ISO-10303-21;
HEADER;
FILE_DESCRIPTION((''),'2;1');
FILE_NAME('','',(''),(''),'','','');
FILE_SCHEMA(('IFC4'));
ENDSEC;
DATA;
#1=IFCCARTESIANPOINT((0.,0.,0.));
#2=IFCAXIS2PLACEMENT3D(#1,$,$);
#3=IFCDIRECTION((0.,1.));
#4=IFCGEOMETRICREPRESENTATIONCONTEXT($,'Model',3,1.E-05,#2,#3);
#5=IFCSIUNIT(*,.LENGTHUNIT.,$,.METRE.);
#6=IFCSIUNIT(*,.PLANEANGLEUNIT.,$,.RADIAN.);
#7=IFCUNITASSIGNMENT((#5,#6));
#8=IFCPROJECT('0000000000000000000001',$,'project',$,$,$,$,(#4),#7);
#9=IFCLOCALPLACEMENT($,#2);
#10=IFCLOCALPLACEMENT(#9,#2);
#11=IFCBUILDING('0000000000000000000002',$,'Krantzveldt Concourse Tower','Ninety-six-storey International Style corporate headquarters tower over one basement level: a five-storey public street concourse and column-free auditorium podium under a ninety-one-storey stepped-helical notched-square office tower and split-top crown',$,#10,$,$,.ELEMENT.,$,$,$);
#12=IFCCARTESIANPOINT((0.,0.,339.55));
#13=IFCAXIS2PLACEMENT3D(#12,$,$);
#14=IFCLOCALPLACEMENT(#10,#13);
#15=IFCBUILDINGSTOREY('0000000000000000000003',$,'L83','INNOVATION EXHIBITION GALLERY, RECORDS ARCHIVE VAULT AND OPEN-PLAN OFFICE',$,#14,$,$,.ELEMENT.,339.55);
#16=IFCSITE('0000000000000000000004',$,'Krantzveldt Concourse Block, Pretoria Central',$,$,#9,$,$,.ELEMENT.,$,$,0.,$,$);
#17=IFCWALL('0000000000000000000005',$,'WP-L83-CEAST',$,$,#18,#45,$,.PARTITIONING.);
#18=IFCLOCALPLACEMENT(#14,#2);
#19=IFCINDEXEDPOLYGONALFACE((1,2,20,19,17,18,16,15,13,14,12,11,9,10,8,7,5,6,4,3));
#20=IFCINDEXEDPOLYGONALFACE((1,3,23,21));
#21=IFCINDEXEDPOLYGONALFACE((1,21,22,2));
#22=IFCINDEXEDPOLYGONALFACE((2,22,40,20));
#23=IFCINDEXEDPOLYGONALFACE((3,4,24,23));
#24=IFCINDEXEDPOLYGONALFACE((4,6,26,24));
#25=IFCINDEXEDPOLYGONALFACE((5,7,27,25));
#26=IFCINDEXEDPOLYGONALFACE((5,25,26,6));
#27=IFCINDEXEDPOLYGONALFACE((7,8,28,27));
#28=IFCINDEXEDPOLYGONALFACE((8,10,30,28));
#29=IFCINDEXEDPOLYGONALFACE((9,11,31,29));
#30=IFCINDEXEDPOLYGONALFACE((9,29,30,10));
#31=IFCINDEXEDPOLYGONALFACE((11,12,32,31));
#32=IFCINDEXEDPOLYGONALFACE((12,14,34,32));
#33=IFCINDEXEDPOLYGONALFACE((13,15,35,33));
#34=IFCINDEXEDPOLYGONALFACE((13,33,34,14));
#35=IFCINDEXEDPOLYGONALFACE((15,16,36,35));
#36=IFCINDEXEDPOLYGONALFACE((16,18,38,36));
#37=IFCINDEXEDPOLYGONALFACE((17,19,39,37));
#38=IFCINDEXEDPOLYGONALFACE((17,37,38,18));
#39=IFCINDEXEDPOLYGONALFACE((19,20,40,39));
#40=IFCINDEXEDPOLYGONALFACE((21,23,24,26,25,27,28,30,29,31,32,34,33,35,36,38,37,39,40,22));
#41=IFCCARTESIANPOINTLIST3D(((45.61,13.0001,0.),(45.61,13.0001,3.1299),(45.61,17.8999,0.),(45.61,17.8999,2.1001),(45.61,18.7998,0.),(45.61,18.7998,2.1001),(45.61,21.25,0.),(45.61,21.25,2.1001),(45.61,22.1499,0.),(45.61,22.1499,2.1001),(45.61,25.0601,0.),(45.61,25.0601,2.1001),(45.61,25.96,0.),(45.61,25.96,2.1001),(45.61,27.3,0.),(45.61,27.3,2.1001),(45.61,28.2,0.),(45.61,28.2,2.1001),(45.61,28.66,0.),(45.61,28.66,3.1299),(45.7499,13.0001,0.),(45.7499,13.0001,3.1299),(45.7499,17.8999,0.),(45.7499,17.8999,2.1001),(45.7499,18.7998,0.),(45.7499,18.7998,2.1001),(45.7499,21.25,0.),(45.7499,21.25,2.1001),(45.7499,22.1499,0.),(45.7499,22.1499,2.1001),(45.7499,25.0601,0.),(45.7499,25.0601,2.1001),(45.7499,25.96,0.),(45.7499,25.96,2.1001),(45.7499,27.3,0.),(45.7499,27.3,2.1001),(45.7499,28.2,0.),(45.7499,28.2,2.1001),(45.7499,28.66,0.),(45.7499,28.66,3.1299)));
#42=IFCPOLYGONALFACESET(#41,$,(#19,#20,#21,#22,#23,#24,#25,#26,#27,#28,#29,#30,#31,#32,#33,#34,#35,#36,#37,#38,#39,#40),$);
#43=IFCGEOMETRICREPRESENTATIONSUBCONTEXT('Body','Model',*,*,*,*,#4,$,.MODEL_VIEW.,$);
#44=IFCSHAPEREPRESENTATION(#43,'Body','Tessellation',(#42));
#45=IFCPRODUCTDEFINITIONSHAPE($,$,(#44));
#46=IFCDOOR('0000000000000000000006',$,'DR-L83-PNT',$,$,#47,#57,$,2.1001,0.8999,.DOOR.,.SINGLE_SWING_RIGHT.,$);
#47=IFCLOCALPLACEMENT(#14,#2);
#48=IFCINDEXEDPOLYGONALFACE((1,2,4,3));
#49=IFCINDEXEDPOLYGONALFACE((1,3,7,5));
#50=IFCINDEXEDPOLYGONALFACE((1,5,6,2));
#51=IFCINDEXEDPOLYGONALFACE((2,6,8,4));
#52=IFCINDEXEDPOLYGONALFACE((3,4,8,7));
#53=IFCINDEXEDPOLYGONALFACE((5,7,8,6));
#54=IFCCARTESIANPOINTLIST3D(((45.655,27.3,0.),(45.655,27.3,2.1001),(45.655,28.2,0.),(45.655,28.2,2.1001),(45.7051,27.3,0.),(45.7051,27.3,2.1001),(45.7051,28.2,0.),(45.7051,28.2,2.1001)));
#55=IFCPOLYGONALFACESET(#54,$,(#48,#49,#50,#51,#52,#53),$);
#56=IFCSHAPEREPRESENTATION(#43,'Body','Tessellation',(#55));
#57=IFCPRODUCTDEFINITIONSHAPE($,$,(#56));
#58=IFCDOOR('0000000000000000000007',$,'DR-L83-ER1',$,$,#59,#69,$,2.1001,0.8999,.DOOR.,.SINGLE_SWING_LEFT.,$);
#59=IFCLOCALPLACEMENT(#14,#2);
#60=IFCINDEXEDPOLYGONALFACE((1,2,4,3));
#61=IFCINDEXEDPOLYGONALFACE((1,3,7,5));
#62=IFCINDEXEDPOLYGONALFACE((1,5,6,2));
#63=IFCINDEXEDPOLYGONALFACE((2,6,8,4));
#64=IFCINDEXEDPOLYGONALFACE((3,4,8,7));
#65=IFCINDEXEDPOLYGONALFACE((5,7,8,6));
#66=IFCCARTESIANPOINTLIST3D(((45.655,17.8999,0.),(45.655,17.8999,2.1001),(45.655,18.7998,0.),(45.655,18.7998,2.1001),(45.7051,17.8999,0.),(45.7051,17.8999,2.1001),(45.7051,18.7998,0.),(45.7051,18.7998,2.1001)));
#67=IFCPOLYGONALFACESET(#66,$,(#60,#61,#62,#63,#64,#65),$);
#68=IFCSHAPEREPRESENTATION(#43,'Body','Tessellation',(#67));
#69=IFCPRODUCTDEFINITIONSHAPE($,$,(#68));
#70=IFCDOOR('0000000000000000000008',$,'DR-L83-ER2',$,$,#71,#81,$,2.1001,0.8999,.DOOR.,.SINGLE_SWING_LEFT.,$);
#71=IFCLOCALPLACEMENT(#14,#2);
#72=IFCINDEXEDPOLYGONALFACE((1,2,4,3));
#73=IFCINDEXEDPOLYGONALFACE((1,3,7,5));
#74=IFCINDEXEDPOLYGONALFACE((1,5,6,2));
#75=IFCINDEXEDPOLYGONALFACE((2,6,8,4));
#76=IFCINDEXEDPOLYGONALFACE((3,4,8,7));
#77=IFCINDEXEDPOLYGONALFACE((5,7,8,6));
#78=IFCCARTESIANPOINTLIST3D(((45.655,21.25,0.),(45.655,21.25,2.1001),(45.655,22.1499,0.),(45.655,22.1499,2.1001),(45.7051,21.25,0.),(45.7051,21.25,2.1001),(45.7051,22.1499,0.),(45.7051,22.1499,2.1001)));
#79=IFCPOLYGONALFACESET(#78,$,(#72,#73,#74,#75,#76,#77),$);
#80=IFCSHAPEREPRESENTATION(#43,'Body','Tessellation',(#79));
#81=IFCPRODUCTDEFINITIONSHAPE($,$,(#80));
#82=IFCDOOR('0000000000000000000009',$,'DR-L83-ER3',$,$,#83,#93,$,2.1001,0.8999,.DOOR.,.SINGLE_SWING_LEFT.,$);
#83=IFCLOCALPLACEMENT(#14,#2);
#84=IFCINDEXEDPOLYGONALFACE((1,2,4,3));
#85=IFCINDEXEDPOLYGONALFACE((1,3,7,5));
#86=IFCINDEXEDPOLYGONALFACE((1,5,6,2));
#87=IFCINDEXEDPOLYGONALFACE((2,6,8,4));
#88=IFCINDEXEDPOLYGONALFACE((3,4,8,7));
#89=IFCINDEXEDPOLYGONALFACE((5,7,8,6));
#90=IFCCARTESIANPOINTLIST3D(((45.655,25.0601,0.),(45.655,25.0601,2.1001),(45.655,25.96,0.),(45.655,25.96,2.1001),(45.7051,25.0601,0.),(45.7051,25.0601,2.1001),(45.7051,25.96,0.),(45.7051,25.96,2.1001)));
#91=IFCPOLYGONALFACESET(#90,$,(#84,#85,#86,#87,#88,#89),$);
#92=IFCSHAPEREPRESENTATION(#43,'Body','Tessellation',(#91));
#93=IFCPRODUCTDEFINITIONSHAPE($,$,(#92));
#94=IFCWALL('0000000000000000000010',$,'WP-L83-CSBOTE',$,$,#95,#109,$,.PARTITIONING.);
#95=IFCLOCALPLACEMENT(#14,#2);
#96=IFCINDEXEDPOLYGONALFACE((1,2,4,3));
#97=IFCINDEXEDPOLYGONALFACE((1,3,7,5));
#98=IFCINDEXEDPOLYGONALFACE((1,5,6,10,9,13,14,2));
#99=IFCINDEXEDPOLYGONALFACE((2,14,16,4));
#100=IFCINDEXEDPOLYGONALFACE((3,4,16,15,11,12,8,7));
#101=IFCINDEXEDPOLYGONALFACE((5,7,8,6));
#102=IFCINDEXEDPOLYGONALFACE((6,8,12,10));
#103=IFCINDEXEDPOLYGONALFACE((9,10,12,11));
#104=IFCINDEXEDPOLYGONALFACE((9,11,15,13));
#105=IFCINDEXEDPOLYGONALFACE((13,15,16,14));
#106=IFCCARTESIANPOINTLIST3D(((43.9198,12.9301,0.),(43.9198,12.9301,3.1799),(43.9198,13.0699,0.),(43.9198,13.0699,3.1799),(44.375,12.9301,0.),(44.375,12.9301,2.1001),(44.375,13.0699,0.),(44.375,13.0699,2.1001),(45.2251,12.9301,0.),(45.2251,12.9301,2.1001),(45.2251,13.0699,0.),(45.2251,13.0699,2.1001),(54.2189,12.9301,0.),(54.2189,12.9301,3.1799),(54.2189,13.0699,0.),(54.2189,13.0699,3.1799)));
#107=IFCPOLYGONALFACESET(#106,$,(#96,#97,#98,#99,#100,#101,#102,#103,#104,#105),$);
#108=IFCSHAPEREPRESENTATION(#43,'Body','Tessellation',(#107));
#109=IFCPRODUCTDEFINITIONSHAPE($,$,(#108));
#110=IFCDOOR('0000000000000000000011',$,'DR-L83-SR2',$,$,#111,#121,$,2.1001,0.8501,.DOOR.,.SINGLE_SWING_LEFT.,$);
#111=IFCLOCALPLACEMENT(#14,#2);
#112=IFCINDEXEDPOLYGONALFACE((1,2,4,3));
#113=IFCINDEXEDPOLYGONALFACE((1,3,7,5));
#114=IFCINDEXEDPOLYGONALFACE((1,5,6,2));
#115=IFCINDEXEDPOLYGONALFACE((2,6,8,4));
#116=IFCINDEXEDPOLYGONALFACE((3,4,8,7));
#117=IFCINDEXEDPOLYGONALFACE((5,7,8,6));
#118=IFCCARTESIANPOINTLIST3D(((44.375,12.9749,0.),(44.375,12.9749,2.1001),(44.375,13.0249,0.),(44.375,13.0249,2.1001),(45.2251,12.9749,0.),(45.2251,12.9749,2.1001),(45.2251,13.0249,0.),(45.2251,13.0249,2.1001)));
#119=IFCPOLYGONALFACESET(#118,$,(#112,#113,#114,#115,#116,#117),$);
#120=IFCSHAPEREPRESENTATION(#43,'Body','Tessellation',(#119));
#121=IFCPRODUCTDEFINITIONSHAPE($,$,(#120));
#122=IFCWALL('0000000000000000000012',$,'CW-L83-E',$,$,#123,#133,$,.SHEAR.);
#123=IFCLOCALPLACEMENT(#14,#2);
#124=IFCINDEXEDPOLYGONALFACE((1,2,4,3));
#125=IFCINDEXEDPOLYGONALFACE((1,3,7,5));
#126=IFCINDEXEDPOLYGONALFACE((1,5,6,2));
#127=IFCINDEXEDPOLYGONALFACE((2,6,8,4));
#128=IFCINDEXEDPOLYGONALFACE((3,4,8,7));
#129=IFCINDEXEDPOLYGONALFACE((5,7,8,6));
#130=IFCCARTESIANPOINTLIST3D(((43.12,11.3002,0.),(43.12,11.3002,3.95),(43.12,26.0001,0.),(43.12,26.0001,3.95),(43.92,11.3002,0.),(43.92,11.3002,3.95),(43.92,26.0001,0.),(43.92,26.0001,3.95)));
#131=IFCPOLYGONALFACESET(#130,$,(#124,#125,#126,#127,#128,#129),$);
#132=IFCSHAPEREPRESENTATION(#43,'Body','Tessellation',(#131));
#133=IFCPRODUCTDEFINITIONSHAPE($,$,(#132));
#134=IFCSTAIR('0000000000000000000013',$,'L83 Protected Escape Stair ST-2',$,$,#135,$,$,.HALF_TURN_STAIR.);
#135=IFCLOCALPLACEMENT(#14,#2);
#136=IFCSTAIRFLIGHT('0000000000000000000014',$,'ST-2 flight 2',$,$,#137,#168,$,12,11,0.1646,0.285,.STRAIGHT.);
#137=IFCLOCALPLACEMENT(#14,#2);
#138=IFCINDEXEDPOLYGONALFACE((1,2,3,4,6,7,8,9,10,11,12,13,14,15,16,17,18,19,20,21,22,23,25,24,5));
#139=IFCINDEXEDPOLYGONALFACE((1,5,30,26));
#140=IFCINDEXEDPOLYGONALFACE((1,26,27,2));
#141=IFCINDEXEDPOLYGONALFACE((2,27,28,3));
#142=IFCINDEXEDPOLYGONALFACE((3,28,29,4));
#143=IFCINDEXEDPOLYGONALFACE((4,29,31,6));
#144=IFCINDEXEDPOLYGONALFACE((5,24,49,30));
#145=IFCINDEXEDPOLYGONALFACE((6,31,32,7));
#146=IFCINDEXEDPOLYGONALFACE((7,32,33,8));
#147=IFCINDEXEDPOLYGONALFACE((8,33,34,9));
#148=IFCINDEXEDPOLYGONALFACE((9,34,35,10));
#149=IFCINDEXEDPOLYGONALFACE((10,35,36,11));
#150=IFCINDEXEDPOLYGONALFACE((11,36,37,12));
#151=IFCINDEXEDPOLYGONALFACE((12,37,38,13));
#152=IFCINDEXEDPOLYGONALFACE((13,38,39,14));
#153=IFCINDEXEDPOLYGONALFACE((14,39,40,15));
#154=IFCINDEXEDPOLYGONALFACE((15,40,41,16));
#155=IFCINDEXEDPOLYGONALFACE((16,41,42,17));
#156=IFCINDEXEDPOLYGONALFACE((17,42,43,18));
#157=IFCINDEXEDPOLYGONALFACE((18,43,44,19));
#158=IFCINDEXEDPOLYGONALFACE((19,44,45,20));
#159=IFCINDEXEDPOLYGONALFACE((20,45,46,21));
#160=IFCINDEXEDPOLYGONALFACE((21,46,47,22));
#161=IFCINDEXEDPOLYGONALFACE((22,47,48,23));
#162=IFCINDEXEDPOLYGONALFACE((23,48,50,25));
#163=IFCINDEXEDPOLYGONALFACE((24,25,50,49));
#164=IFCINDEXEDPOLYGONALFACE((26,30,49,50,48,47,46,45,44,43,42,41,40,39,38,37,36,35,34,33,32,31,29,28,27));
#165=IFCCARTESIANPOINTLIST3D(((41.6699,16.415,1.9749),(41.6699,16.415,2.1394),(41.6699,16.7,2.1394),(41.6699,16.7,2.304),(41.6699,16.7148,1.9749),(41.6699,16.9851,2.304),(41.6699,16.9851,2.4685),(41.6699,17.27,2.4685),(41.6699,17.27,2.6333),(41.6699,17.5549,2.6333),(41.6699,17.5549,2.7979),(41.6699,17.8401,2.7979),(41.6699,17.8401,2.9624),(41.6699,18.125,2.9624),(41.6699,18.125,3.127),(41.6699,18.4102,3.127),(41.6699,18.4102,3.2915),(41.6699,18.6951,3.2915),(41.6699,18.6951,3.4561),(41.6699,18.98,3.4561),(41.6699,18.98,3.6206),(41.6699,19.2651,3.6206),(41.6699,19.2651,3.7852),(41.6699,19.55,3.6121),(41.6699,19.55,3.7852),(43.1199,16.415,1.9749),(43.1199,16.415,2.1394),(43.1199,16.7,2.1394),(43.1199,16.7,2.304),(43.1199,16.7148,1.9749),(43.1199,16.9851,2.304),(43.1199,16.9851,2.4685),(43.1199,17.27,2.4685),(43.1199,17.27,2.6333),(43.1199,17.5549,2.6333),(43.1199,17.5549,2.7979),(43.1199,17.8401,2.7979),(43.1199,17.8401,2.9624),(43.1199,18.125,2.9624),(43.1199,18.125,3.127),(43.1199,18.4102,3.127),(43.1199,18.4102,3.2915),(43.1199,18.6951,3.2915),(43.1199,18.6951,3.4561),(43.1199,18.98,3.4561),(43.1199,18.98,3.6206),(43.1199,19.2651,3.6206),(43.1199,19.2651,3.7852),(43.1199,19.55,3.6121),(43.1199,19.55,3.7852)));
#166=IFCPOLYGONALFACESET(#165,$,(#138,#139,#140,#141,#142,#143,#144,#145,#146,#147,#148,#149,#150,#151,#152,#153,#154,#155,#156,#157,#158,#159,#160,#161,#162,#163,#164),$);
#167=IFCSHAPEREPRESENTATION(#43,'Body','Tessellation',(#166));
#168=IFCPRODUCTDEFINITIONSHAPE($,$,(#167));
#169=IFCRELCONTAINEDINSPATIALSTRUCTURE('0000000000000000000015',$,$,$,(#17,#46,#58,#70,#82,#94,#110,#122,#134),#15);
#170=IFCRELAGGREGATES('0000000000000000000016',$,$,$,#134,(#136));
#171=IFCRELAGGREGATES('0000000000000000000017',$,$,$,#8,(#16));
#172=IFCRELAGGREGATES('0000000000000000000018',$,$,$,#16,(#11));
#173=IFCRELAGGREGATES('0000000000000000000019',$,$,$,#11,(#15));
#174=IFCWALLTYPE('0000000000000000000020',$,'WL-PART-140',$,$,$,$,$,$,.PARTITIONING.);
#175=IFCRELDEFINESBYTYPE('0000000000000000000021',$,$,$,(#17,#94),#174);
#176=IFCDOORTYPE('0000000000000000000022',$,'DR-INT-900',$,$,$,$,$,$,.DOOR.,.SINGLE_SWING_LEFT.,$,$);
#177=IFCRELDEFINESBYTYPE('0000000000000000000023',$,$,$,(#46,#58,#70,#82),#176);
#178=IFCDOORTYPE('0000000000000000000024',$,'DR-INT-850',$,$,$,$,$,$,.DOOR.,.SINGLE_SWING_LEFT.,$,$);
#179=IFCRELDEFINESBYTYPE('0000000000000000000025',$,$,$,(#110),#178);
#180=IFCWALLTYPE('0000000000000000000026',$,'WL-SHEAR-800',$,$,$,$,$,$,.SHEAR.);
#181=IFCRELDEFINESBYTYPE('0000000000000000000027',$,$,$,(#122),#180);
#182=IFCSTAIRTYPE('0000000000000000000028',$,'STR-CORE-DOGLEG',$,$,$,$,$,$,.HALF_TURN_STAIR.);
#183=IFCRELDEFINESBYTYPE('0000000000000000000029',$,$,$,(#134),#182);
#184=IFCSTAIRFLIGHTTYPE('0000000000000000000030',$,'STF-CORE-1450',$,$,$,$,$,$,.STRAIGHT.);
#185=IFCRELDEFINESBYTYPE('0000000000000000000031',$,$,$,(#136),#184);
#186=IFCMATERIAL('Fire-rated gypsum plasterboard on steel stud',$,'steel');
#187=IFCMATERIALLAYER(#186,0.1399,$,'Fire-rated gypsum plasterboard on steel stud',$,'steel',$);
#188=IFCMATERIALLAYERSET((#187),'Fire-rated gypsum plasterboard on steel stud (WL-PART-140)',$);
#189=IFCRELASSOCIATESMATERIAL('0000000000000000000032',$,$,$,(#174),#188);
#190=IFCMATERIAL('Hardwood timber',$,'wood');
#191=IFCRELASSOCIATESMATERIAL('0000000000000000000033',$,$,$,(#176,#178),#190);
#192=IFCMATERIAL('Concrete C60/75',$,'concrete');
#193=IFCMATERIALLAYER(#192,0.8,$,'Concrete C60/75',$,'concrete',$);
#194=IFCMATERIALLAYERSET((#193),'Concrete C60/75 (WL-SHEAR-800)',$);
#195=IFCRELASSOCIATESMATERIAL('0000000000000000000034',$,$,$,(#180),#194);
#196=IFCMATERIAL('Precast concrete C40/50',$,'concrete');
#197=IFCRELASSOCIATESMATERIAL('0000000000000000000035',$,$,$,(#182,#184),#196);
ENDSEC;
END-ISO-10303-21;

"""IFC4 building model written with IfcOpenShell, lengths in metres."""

from ifc_helpers import new_model, si_unit, direction, frame, frame_2d, origin, place, context, subcontext, project, spatial, polyline, rectangle, outline, extrude, material, layer, layer_set, type_object, element, fill, aggregate, save


model = new_model("IFC4")

# Units and contexts
model_context = context("Model", 3, precision=1e-05, world=origin(), true_north=direction((0.0, 1.0)))
body_context = subcontext(model_context, "Body", "Model", "MODEL_VIEW")
ifc_project = project(units=[si_unit("LENGTHUNIT", "METRE"), si_unit("PLANEANGLEUNIT", "RADIAN")], contexts=[model_context])

# Site, building, storey
site_placement = place(None, origin())
site = spatial("IfcSite", under=ifc_project, at=site_placement, Name="Krantzveldt Concourse Block, Pretoria Central", CompositionType="ELEMENT", RefElevation=0.0)
building_placement = place(site_placement, origin())
building = spatial("IfcBuilding", under=site, at=building_placement, Name="Krantzveldt Concourse Tower", Description="Ninety-six-storey International Style corporate headquarters tower over one basement level: a five-storey public street concourse and column-free auditorium podium under a ninety-one-storey stepped-helical notched-square office tower and split-top crown", CompositionType="ELEMENT")
storey_placement = place(building_placement, frame((0.0, 0.0, 339.55)))
storey = spatial("IfcBuildingStorey", under=building, at=storey_placement, Name="L83", Description="INNOVATION EXHIBITION GALLERY, RECORDS ARCHIVE VAULT AND OPEN-PLAN OFFICE", CompositionType="ELEMENT", Elevation=339.55)

# Shared definitions
ifc_material_1 = material(Name="Fire-rated gypsum plasterboard on steel stud", Category="steel")

# Wall, openings, doors
ifc_layer_1 = layer(ifc_material_1, 0.1399, Name="Fire-rated gypsum plasterboard on steel stud", Category="steel")
ifc_layer_set_1 = layer_set([ifc_layer_1], Name="Fire-rated gypsum plasterboard on steel stud (WL-PART-140)")
wall_type_1 = type_object("IfcWallType", Name="WL-PART-140", PredefinedType="PARTITIONING", material=ifc_layer_set_1)
wall_1_placement = place(storey_placement, frame((45.6799, 13.0, 0.0), z_axis=(0.0, 0.0, 1.0), x_axis=(0.0, 1.0, 0.0)))
wall_1 = element("IfcWall", 1, at=wall_1_placement, inside=storey, type_object=wall_type_1, Name="WP-L83-CEAST", PredefinedType="PARTITIONING", context=body_context, shape_type="SweptSolid", body=[
    extrude(rectangle(XDim=15.6599, YDim=0.1399, at=frame_2d((7.8301, 0.0))), origin(), (0.0, 0.0, 1.0), 3.1299),
])
opening_1_placement = place(wall_1_placement, frame((14.3, 0.0, 0.0)))
opening_1 = element("IfcOpeningElement", 2, at=opening_1_placement, cuts=wall_1, PredefinedType="OPENING", context=body_context, shape_type="SweptSolid", body=[
    extrude(rectangle(XDim=0.8999, YDim=2.1001, at=frame_2d((0.45, 1.05))), frame((0.0, 0.0801, 0.0), z_axis=(0.0, -1.0, 0.0), x_axis=(1.0, 0.0, 0.0)), (0.0, 0.0, 1.0), 0.1599),
])
opening_2_placement = place(wall_1_placement, frame((4.8999, 0.0, 0.0)))
opening_2 = element("IfcOpeningElement", 3, at=opening_2_placement, cuts=wall_1, PredefinedType="OPENING", context=body_context, shape_type="SweptSolid", body=[
    extrude(rectangle(XDim=0.8999, YDim=2.1001, at=frame_2d((0.45, 1.05))), frame((0.0, 0.0801, 0.0), z_axis=(0.0, -1.0, 0.0), x_axis=(1.0, 0.0, 0.0)), (0.0, 0.0, 1.0), 0.1599),
])
opening_3_placement = place(wall_1_placement, frame((8.25, 0.0, 0.0)))
opening_3 = element("IfcOpeningElement", 4, at=opening_3_placement, cuts=wall_1, PredefinedType="OPENING", context=body_context, shape_type="SweptSolid", body=[
    extrude(rectangle(XDim=0.8999, YDim=2.1001, at=frame_2d((0.45, 1.05))), frame((0.0, 0.0801, 0.0), z_axis=(0.0, -1.0, 0.0), x_axis=(1.0, 0.0, 0.0)), (0.0, 0.0, 1.0), 0.1599),
])
opening_4_placement = place(wall_1_placement, frame((12.0601, 0.0, 0.0)))
opening_4 = element("IfcOpeningElement", 5, at=opening_4_placement, cuts=wall_1, PredefinedType="OPENING", context=body_context, shape_type="SweptSolid", body=[
    extrude(rectangle(XDim=0.8999, YDim=2.1001, at=frame_2d((0.45, 1.05))), frame((0.0, 0.0801, 0.0), z_axis=(0.0, -1.0, 0.0), x_axis=(1.0, 0.0, 0.0)), (0.0, 0.0, 1.0), 0.1599),
])
ifc_material_2 = material(Name="Hardwood timber", Category="wood")
door_type_1 = type_object("IfcDoorType", Name="DR-INT-900", OperationType="SINGLE_SWING_LEFT", PredefinedType="DOOR", material=ifc_material_2)
door_1_placement = place(opening_1_placement, origin())
door_1 = element("IfcDoor", 6, at=door_1_placement, inside=storey, type_object=door_type_1, Name="DR-L83-PNT", OperationType="SINGLE_SWING_RIGHT", OverallHeight=2.1001, OverallWidth=0.8999, PredefinedType="DOOR", context=body_context, shape_type="SweptSolid", body=[
    extrude(rectangle(XDim=0.8999, YDim=2.1001, at=frame_2d((0.45, 1.05))), frame((0.0, 0.0249, 0.0), z_axis=(0.0, -1.0, 0.0), x_axis=(1.0, 0.0, 0.0)), (0.0, 0.0, 1.0), 0.05),
])
fill(opening_1, door_1)
door_2_placement = place(opening_2_placement, origin())
door_2 = element("IfcDoor", 7, at=door_2_placement, inside=storey, type_object=door_type_1, Name="DR-L83-ER1", OperationType="SINGLE_SWING_LEFT", OverallHeight=2.1001, OverallWidth=0.8999, PredefinedType="DOOR", context=body_context, shape_type="SweptSolid", body=[
    extrude(rectangle(XDim=0.8999, YDim=2.1001, at=frame_2d((0.45, 1.05))), frame((0.0, 0.0249, 0.0), z_axis=(0.0, -1.0, 0.0), x_axis=(1.0, 0.0, 0.0)), (0.0, 0.0, 1.0), 0.05),
])
fill(opening_2, door_2)
door_3_placement = place(opening_3_placement, origin())
door_3 = element("IfcDoor", 8, at=door_3_placement, inside=storey, type_object=door_type_1, Name="DR-L83-ER2", OperationType="SINGLE_SWING_LEFT", OverallHeight=2.1001, OverallWidth=0.8999, PredefinedType="DOOR", context=body_context, shape_type="SweptSolid", body=[
    extrude(rectangle(XDim=0.8999, YDim=2.1001, at=frame_2d((0.45, 1.05))), frame((0.0, 0.0249, 0.0), z_axis=(0.0, -1.0, 0.0), x_axis=(1.0, 0.0, 0.0)), (0.0, 0.0, 1.0), 0.05),
])
fill(opening_3, door_3)
door_4_placement = place(opening_4_placement, origin())
door_4 = element("IfcDoor", 9, at=door_4_placement, inside=storey, type_object=door_type_1, Name="DR-L83-ER3", OperationType="SINGLE_SWING_LEFT", OverallHeight=2.1001, OverallWidth=0.8999, PredefinedType="DOOR", context=body_context, shape_type="SweptSolid", body=[
    extrude(rectangle(XDim=0.8999, YDim=2.1001, at=frame_2d((0.45, 1.05))), frame((0.0, 0.0249, 0.0), z_axis=(0.0, -1.0, 0.0), x_axis=(1.0, 0.0, 0.0)), (0.0, 0.0, 1.0), 0.05),
])
fill(opening_4, door_4)

# Wall, opening, door
wall_2_placement = place(storey_placement, frame((43.9199, 13.0, 0.0), z_axis=(0.0, 0.0, 1.0), x_axis=(1.0, 0.0, 0.0)))
wall_2 = element("IfcWall", 10, at=wall_2_placement, inside=storey, type_object=wall_type_1, Name="WP-L83-CSBOTE", PredefinedType="PARTITIONING", context=body_context, shape_type="SweptSolid", body=[
    extrude(rectangle(XDim=10.2991, YDim=0.1399, at=frame_2d((5.1494, 0.0))), origin(), (0.0, 0.0, 1.0), 3.1799),
])
opening_5_placement = place(wall_2_placement, frame((0.4551, 0.0, 0.0)))
opening_5 = element("IfcOpeningElement", 11, at=opening_5_placement, cuts=wall_2, PredefinedType="OPENING", context=body_context, shape_type="SweptSolid", body=[
    extrude(rectangle(XDim=0.8501, YDim=2.1001, at=frame_2d((0.425, 1.05))), frame((0.0, 0.0801, 0.0), z_axis=(0.0, -1.0, 0.0), x_axis=(1.0, 0.0, 0.0)), (0.0, 0.0, 1.0), 0.1599),
])
door_type_2 = type_object("IfcDoorType", Name="DR-INT-850", OperationType="SINGLE_SWING_LEFT", PredefinedType="DOOR", material=ifc_material_2)
door_5_placement = place(opening_5_placement, origin())
door_5 = element("IfcDoor", 12, at=door_5_placement, inside=storey, type_object=door_type_2, Name="DR-L83-SR2", OperationType="SINGLE_SWING_LEFT", OverallHeight=2.1001, OverallWidth=0.8501, PredefinedType="DOOR", context=body_context, shape_type="SweptSolid", body=[
    extrude(rectangle(XDim=0.8501, YDim=2.1001, at=frame_2d((0.425, 1.05))), frame((0.0, 0.0249, 0.0), z_axis=(0.0, -1.0, 0.0), x_axis=(1.0, 0.0, 0.0)), (0.0, 0.0, 1.0), 0.05),
])
fill(opening_5, door_5)

# Wall
ifc_material_3 = material(Name="Concrete C60/75", Category="concrete")
ifc_layer_2 = layer(ifc_material_3, 0.8, Name="Concrete C60/75", Category="concrete")
ifc_layer_set_2 = layer_set([ifc_layer_2], Name="Concrete C60/75 (WL-SHEAR-800)")
wall_type_2 = type_object("IfcWallType", Name="WL-SHEAR-800", PredefinedType="SHEAR", material=ifc_layer_set_2)
wall_3_placement = place(storey_placement, frame((43.52, 11.3, 0.0), z_axis=(0.0, 0.0, 1.0), x_axis=(0.0, 1.0, 0.0)))
element("IfcWall", 13, at=wall_3_placement, inside=storey, type_object=wall_type_2, Name="CW-L83-E", PredefinedType="SHEAR", context=body_context, shape_type="SweptSolid", body=[
    extrude(rectangle(XDim=14.7, YDim=0.8, at=frame_2d((7.3501, 0.0))), origin(), (0.0, 0.0, 1.0), 3.95),
])

# Stair, stair flight
ifc_material_4 = material(Name="Precast concrete C40/50", Category="concrete")
stair_type = type_object("IfcStairType", Name="STR-CORE-DOGLEG", PredefinedType="HALF_TURN_STAIR", material=ifc_material_4)
stair_placement = place(storey_placement, origin())
stair = element("IfcStair", 14, at=stair_placement, inside=storey, type_object=stair_type, Name="L83 Protected Escape Stair ST-2", PredefinedType="HALF_TURN_STAIR")
stair_flight_type = type_object("IfcStairFlightType", Name="STF-CORE-1450", PredefinedType="STRAIGHT", material=ifc_material_4)
stair_flight_placement = place(storey_placement, frame((42.395, 16.415, 1.9749), z_axis=(0.0, 0.0, 1.0), x_axis=(0.0, 1.0, 0.0)))
stair_flight = element("IfcStairFlight", 15, at=stair_flight_placement, type_object=stair_flight_type, Name="ST-2 flight 2", NumberOfRisers=12, NumberOfTreads=11, PredefinedType="STRAIGHT", RiserHeight=0.1646, TreadLength=0.285, context=body_context, shape_type="SweptSolid", body=[
    extrude(outline(polyline([(0.0, 0.0), (0.0, 0.1646), (0.2849, 0.1646), (0.2849, 0.3291), (0.5701, 0.3291), (0.5701, 0.4937), (0.855, 0.4937), (0.855, 0.6584), (1.1399, 0.6584), (1.1399, 0.823), (1.425, 0.823), (1.425, 0.9875), (1.71, 0.9875), (1.71, 1.1521), (1.9951, 1.1521), (1.9951, 1.3167), (2.28, 1.3167), (2.28, 1.4812), (2.5649, 1.4812), (2.5649, 1.6458), (2.8501, 1.6458), (2.8501, 1.8103), (3.135, 1.8103), (3.135, 1.9751), (3.135, 1.6372), (0.2998, 0.0), (0.0, 0.0)])), frame((0.0, 0.7251, 0.0), z_axis=(0.0, -1.0, 0.0), x_axis=(1.0, 0.0, 0.0)), (0.0, 0.0, 1.0), 1.45),
])
aggregate(stair, [stair_flight])

save(model, "model.ifc")
